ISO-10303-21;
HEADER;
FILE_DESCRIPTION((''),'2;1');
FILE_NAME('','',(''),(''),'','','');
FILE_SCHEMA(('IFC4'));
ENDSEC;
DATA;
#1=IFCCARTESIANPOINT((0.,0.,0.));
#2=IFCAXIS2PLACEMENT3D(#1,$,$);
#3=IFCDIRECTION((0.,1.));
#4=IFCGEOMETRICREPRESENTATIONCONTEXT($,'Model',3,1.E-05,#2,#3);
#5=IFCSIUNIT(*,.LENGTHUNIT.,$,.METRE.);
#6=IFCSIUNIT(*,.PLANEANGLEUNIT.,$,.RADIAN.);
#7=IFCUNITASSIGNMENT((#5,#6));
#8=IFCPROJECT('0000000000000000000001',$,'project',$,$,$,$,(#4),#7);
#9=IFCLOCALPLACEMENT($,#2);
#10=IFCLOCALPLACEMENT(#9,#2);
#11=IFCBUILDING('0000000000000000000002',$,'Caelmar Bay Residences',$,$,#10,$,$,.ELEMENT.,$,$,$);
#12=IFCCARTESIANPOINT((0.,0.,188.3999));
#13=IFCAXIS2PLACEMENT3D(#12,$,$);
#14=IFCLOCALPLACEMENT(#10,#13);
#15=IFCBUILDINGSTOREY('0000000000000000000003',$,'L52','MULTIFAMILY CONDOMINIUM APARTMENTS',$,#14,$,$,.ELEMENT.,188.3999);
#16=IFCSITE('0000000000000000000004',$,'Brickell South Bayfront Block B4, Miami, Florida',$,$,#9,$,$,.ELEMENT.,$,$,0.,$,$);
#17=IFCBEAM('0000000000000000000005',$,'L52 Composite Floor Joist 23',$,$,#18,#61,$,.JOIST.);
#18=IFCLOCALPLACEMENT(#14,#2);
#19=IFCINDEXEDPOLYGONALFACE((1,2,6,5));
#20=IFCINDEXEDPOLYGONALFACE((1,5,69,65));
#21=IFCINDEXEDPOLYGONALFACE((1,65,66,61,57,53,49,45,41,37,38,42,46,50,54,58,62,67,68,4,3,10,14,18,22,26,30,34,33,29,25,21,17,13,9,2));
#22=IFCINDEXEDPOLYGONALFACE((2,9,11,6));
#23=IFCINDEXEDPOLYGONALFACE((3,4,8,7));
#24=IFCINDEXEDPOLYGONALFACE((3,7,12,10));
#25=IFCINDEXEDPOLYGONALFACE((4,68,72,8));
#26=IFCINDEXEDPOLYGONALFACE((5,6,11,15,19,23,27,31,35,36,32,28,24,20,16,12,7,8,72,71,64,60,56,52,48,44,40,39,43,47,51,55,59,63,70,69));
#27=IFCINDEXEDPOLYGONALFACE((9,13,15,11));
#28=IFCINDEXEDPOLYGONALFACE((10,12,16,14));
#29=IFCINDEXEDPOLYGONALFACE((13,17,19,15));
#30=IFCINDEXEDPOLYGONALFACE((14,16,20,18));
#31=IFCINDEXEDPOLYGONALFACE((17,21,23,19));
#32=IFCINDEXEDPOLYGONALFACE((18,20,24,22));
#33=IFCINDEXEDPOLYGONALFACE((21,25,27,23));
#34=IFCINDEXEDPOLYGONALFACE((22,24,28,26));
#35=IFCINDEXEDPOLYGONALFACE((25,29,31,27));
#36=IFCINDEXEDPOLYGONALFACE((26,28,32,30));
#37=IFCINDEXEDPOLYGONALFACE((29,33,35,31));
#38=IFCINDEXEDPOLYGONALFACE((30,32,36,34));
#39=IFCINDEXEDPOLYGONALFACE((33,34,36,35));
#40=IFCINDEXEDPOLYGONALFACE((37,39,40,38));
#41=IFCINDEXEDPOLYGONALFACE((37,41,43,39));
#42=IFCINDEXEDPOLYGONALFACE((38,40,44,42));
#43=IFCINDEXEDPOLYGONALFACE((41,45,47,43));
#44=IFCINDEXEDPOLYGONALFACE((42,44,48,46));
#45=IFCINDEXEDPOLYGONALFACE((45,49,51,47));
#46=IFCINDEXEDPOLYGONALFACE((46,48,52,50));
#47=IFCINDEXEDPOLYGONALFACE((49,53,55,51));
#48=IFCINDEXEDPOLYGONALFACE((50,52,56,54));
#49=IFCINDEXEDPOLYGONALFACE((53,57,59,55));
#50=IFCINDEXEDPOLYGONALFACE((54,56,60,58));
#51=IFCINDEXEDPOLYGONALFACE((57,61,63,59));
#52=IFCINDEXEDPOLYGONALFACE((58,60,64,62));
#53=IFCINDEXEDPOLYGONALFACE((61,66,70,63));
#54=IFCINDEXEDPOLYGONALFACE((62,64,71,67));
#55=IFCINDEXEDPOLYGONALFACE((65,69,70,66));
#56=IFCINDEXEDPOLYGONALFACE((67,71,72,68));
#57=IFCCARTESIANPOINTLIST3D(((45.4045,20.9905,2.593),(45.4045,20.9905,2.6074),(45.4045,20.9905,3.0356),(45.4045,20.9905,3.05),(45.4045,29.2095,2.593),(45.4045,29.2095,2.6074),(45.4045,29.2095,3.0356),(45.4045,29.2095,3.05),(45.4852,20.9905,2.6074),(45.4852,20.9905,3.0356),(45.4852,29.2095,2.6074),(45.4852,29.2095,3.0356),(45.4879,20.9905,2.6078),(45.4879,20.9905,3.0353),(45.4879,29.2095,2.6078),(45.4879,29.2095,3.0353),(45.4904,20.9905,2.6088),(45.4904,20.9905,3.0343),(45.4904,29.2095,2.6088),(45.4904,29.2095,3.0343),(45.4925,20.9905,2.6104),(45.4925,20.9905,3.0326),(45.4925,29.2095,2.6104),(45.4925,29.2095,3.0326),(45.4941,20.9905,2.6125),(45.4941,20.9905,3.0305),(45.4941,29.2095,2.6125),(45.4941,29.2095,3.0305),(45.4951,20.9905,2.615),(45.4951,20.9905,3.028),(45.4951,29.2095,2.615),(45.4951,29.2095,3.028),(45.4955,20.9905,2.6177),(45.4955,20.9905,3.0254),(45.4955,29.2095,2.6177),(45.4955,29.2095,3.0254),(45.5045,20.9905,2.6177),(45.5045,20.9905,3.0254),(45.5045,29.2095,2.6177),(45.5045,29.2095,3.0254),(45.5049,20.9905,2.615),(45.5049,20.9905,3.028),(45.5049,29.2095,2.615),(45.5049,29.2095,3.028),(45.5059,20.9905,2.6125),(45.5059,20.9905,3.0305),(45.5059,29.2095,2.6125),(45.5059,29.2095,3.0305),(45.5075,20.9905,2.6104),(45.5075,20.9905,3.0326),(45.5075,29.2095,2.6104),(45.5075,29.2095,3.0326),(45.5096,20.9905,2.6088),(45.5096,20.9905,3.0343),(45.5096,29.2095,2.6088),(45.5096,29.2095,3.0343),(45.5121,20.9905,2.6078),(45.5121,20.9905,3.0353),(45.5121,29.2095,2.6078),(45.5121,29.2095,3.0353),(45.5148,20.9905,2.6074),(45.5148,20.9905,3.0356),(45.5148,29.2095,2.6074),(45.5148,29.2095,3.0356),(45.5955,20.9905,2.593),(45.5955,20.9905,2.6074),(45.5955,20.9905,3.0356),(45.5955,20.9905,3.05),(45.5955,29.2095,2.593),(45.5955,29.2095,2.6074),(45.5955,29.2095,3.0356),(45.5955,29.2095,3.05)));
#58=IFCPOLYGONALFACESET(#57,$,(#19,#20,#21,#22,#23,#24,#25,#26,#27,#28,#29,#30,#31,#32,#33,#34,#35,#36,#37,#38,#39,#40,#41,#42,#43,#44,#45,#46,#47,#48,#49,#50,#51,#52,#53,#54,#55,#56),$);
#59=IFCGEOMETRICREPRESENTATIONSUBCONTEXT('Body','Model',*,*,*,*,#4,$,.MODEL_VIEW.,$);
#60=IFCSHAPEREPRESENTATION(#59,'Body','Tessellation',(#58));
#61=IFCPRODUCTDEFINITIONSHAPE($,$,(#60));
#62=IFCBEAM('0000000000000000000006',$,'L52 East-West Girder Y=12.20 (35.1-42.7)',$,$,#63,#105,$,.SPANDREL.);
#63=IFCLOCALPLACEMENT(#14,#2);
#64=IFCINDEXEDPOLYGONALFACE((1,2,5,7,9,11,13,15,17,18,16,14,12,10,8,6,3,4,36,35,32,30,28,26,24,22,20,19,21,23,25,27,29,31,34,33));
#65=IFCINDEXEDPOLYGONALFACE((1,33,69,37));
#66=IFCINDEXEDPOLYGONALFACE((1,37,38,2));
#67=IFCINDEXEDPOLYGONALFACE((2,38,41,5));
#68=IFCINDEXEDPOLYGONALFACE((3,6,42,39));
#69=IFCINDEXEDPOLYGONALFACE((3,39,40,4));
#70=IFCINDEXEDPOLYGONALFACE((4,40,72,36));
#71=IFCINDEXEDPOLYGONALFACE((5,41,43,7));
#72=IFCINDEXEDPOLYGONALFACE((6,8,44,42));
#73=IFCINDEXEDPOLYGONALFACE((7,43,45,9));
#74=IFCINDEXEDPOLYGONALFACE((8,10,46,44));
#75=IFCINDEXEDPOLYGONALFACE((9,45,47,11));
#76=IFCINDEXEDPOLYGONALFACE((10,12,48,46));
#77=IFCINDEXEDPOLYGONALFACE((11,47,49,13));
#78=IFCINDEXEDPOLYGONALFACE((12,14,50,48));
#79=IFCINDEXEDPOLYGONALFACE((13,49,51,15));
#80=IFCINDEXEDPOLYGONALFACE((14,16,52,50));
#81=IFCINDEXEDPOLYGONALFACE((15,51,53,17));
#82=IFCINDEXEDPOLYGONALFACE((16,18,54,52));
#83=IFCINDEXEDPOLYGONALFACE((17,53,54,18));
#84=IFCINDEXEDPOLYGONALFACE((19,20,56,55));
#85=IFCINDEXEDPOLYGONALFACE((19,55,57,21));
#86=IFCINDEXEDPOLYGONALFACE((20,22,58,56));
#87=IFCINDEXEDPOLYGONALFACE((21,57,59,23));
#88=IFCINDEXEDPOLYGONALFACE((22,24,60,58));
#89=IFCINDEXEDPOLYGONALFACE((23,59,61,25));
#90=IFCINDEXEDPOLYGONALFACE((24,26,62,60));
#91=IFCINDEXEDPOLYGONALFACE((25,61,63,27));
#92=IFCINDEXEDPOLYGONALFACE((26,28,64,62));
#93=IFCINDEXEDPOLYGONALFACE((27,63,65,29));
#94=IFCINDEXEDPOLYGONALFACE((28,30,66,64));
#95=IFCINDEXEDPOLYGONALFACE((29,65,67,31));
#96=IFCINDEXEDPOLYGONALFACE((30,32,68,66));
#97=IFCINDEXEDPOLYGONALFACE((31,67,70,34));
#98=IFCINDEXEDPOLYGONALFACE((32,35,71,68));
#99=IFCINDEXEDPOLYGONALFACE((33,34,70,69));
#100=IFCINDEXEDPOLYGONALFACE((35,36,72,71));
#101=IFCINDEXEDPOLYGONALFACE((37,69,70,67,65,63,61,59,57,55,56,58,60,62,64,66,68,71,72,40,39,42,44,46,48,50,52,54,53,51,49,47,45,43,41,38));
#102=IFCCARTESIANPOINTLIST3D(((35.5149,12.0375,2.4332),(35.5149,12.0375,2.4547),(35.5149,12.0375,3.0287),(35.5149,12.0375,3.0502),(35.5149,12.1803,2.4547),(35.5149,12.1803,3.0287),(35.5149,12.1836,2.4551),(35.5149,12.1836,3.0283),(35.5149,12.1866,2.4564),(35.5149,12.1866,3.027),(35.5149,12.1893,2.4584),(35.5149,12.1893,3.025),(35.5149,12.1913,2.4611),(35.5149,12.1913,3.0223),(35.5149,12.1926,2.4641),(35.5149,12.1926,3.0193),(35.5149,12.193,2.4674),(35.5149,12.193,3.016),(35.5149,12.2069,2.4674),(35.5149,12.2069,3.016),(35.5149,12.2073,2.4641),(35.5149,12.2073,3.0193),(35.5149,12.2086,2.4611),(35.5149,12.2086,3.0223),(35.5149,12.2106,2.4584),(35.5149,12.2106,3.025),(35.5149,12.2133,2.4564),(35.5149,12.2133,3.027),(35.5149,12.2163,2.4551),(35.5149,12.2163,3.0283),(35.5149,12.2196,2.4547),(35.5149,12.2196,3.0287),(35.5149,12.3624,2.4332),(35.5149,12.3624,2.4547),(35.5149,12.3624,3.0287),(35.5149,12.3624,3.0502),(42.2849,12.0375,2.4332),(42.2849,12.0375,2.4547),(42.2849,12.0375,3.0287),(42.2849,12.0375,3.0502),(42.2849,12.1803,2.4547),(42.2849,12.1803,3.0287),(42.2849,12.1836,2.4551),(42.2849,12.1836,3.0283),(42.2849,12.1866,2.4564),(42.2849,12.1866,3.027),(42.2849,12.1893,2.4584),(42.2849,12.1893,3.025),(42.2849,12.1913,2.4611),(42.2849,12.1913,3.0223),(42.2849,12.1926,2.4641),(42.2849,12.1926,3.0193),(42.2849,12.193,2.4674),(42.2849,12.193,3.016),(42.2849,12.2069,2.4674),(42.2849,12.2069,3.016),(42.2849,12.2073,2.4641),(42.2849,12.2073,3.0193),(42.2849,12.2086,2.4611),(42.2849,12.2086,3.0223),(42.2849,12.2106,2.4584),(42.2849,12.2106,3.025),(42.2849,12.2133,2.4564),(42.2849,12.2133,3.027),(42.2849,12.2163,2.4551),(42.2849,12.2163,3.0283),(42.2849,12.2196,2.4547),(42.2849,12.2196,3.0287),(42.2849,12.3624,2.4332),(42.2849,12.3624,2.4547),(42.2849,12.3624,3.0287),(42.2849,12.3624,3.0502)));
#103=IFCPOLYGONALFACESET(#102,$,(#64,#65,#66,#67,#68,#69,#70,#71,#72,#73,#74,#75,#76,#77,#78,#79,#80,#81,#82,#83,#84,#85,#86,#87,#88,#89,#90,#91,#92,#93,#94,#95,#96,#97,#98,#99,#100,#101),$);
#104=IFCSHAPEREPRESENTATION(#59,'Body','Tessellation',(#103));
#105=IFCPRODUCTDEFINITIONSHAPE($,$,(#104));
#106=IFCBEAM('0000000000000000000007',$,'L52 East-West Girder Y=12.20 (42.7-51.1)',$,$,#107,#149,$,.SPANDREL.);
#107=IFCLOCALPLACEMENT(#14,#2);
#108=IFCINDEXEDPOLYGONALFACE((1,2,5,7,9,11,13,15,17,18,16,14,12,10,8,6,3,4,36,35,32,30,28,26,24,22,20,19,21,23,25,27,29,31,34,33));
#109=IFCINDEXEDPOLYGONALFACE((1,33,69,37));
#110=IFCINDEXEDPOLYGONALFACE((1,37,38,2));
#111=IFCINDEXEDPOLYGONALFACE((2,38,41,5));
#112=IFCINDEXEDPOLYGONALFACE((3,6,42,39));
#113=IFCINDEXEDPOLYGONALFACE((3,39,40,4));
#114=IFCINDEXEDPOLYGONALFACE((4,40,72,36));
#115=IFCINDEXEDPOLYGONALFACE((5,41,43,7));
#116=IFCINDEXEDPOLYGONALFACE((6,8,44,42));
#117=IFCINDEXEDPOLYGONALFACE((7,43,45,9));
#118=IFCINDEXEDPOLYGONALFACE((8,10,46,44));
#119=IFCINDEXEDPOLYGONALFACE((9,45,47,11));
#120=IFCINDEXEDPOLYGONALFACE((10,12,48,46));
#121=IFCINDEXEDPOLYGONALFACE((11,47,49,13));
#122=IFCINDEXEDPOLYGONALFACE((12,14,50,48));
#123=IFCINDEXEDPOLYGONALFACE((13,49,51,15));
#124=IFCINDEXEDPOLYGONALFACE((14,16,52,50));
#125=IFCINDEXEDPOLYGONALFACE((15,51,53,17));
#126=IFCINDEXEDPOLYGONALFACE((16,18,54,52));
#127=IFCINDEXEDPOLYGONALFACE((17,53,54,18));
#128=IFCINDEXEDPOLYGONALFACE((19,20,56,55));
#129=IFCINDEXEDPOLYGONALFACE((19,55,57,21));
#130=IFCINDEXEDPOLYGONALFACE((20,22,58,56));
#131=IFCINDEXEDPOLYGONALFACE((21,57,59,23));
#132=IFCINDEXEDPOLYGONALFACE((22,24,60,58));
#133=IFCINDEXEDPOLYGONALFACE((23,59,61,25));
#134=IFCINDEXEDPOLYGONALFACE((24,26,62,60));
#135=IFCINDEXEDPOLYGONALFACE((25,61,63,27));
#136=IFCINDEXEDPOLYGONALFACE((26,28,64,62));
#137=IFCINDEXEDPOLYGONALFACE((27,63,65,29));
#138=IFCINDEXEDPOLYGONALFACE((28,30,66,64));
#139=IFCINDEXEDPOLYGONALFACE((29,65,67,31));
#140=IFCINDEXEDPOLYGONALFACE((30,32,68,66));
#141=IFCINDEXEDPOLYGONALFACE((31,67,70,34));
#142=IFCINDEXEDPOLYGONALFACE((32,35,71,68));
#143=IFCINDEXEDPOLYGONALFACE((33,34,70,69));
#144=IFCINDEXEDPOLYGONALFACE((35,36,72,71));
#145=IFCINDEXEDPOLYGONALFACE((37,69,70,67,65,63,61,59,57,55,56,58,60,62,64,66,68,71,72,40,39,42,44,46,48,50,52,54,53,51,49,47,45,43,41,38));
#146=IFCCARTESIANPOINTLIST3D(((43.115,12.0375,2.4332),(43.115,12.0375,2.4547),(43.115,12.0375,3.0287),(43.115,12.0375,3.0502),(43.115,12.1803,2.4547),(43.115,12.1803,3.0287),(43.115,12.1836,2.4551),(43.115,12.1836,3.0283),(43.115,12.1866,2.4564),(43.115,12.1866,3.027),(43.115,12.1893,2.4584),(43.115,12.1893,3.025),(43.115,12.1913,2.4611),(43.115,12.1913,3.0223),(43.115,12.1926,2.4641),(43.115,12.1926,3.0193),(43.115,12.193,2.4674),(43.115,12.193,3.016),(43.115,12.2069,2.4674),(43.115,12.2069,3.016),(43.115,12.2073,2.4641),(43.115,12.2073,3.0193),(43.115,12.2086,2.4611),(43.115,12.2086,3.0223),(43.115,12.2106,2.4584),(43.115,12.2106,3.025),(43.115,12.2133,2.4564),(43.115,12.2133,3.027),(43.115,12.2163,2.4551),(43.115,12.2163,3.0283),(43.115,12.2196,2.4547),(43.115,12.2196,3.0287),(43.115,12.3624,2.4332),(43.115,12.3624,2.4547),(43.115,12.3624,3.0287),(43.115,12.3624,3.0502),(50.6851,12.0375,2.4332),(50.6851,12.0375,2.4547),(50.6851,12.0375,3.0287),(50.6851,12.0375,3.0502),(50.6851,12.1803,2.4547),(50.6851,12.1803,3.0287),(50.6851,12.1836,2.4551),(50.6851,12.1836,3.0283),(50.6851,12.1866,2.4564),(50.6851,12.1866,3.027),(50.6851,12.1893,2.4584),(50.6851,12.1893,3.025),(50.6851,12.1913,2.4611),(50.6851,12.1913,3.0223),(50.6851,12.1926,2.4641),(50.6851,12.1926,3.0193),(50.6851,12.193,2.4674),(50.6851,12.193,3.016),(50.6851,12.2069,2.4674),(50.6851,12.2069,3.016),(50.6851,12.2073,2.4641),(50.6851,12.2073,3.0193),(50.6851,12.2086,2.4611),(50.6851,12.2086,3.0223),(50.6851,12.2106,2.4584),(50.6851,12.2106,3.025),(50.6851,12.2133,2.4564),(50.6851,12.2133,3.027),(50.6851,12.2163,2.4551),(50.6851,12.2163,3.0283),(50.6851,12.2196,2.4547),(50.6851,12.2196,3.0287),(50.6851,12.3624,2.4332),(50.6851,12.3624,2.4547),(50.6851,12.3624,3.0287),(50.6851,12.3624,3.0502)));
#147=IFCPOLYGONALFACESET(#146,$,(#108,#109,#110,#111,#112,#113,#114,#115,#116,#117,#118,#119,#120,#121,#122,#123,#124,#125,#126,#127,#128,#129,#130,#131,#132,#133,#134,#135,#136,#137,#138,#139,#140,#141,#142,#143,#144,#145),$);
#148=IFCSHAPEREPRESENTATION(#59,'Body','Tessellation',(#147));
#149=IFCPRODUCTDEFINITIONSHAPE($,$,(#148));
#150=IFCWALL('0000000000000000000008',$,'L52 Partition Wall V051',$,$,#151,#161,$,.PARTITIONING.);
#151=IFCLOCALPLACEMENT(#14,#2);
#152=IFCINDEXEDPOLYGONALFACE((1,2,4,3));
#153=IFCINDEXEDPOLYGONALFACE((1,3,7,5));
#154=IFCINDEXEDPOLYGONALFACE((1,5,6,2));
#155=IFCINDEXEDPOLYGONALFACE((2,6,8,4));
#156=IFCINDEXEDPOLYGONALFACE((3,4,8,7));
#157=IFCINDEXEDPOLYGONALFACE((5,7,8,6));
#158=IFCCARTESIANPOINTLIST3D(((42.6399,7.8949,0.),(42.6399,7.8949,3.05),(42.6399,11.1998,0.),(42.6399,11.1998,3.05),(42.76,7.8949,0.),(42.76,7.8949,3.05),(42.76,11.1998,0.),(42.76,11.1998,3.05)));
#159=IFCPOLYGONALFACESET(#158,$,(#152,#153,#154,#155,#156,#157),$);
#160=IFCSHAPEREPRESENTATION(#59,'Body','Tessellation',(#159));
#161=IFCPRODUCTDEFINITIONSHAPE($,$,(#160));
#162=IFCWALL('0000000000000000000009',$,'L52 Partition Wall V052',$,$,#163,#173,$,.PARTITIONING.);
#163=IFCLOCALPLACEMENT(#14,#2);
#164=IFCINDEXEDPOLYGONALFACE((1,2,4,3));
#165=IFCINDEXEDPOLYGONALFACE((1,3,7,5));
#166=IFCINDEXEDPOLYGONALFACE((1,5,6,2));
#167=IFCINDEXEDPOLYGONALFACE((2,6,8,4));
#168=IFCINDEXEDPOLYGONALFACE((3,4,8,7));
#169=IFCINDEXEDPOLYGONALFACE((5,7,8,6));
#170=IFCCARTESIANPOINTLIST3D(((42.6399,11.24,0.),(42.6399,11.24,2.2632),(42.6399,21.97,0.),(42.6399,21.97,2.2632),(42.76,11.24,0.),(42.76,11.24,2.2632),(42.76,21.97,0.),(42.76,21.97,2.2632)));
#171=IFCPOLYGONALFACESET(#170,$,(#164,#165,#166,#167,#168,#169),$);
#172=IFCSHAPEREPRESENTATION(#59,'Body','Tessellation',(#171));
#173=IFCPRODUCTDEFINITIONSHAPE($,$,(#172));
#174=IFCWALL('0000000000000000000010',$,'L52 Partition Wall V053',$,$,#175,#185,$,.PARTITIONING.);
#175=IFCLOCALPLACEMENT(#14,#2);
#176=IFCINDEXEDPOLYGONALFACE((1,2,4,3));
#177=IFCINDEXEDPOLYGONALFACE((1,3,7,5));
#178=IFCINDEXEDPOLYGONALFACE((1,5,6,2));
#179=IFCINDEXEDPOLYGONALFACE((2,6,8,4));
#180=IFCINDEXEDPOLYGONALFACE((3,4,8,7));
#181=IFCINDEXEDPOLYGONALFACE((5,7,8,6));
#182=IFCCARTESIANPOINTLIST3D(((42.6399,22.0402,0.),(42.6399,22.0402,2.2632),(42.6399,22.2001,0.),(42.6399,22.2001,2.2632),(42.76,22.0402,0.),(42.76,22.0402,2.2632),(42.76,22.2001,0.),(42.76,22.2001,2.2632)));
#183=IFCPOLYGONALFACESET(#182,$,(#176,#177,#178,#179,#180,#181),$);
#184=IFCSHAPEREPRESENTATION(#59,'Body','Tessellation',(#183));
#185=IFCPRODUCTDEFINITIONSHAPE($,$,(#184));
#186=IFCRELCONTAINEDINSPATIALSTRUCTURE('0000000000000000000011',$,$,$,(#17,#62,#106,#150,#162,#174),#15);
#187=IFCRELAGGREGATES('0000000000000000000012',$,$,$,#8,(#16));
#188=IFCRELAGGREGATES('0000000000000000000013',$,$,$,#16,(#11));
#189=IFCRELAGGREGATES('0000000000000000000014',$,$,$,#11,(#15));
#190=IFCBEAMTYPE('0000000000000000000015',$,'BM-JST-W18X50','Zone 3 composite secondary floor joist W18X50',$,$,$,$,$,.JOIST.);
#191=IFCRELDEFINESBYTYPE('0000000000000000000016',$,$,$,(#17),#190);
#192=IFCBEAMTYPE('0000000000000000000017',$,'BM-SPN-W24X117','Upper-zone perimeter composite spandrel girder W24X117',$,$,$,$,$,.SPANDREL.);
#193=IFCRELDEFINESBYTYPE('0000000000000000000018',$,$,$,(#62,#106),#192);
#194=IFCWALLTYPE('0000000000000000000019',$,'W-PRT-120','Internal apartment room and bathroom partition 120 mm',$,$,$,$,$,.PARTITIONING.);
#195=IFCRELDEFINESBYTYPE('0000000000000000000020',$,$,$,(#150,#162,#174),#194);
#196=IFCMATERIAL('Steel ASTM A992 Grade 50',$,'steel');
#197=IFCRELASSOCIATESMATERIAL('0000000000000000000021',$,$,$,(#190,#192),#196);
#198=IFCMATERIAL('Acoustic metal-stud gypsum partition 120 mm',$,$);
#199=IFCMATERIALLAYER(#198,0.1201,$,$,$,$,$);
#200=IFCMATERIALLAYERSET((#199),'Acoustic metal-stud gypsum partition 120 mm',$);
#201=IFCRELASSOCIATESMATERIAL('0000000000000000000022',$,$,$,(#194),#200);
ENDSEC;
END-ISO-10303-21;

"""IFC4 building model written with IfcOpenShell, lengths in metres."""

from ifc_helpers import new_model, si_unit, direction, frame, frame_2d, origin, origin_2d, place, context, subcontext, project, spatial, rectangle, i_section, extrude, material, layer, layer_set, material_profile, profile_set, type_object, element, save


model = new_model("IFC4")

# Units and contexts
model_context = context("Model", 3, precision=1e-05, world=origin(), true_north=direction((0.0, 1.0)))
body_context = subcontext(model_context, "Body", "Model", "MODEL_VIEW")
ifc_project = project(units=[si_unit("LENGTHUNIT", "METRE"), si_unit("PLANEANGLEUNIT", "RADIAN")], contexts=[model_context])

# Site, building, storey
site_placement = place(None, origin())
site = spatial("IfcSite", under=ifc_project, at=site_placement, Name="Brickell South Bayfront Block B4, Miami, Florida", CompositionType="ELEMENT", RefElevation=0.0)
building_placement = place(site_placement, origin())
building = spatial("IfcBuilding", under=site, at=building_placement, Name="Caelmar Bay Residences", CompositionType="ELEMENT")
storey_placement = place(building_placement, frame((0.0, 0.0, 188.3999)))
storey = spatial("IfcBuildingStorey", under=building, at=storey_placement, Name="L52", Description="MULTIFAMILY CONDOMINIUM APARTMENTS", CompositionType="ELEMENT", Elevation=188.3999)

# Beams
ifc_material_1 = material(Name="Steel ASTM A992 Grade 50", Category="steel")
ifc_material_profile_1 = material_profile(ifc_material_1, i_section(OverallWidth=0.1909, OverallDepth=0.457, WebThickness=0.009, FlangeThickness=0.0144, FilletRadius=0.0103, at=origin_2d()), Name="W18X50")
ifc_profile_set_1 = profile_set([ifc_material_profile_1], Name="Steel ASTM A992 Grade 50")
beam_type_1 = type_object("IfcBeamType", Name="BM-JST-W18X50", Description="Zone 3 composite secondary floor joist W18X50", PredefinedType="JOIST", material=ifc_profile_set_1)
for number, where, z_axis, x_axis, name in (
    (1, (45.5, 20.9905, 2.8215), (0.0, 1.0, 0.0), (-1.0, 0.0, 0.0), "L52 Composite Floor Joist 23"),
):
    element("IfcBeam", number, at=place(storey_placement, frame(where, z_axis=z_axis, x_axis=x_axis)), inside=storey, type_object=beam_type_1, Name=name, PredefinedType="JOIST", context=body_context, shape_type="SweptSolid", body=[
        extrude(i_section(OverallWidth=0.1909, OverallDepth=0.457, WebThickness=0.009, FlangeThickness=0.0144, FilletRadius=0.0103, at=origin_2d()), origin(), (0.0, 0.0, 1.0), 8.219),
    ])
ifc_material_profile_2 = material_profile(ifc_material_1, i_section(OverallWidth=0.325, OverallDepth=0.6169, WebThickness=0.0139, FlangeThickness=0.0215, FilletRadius=0.0127, at=origin_2d()), Name="W24X117")
ifc_profile_set_2 = profile_set([ifc_material_profile_2], Name="Steel ASTM A992 Grade 50")
beam_type_2 = type_object("IfcBeamType", Name="BM-SPN-W24X117", Description="Upper-zone perimeter composite spandrel girder W24X117", PredefinedType="SPANDREL", material=ifc_profile_set_2)
beam_1_placement = place(storey_placement, frame((35.5149, 12.2, 2.7417), z_axis=(1.0, 0.0, 0.0), x_axis=(0.0, 1.0, 0.0)))
element("IfcBeam", 2, at=beam_1_placement, inside=storey, type_object=beam_type_2, Name="L52 East-West Girder Y=12.20 (35.1-42.7)", PredefinedType="SPANDREL", context=body_context, shape_type="SweptSolid", body=[
    extrude(i_section(OverallWidth=0.325, OverallDepth=0.6169, WebThickness=0.0139, FlangeThickness=0.0215, FilletRadius=0.0127, at=origin_2d()), origin(), (0.0, 0.0, 1.0), 6.77),
])
beam_2_placement = place(storey_placement, frame((43.115, 12.2, 2.7417), z_axis=(1.0, 0.0, 0.0), x_axis=(0.0, 1.0, 0.0)))
element("IfcBeam", 3, at=beam_2_placement, inside=storey, type_object=beam_type_2, Name="L52 East-West Girder Y=12.20 (42.7-51.1)", PredefinedType="SPANDREL", context=body_context, shape_type="SweptSolid", body=[
    extrude(i_section(OverallWidth=0.325, OverallDepth=0.6169, WebThickness=0.0139, FlangeThickness=0.0215, FilletRadius=0.0127, at=origin_2d()), origin(), (0.0, 0.0, 1.0), 7.5701),
])

# Walls
ifc_material_2 = material(Name="Acoustic metal-stud gypsum partition 120 mm")
ifc_layer_1 = layer(ifc_material_2, 0.1201)
ifc_layer_set_1 = layer_set([ifc_layer_1], Name="Acoustic metal-stud gypsum partition 120 mm")
wall_type_1 = type_object("IfcWallType", Name="W-PRT-120", Description="Internal apartment room and bathroom partition 120 mm", PredefinedType="PARTITIONING", material=ifc_layer_set_1)
wall_1_placement = place(storey_placement, frame((42.7, 7.895, 0.0), z_axis=(0.0, 0.0, 1.0), x_axis=(0.0, 1.0, 0.0)))
element("IfcWall", 4, at=wall_1_placement, inside=storey, type_object=wall_type_1, Name="L52 Partition Wall V051", PredefinedType="PARTITIONING", context=body_context, shape_type="SweptSolid", body=[
    extrude(rectangle(XDim=3.3049, YDim=0.1201, at=frame_2d((1.6523, 0.0))), origin(), (0.0, 0.0, 1.0), 3.05),
])
wall_2_placement = place(storey_placement, frame((42.7, 11.24, 0.0), z_axis=(0.0, 0.0, 1.0), x_axis=(0.0, 1.0, 0.0)))
element("IfcWall", 5, at=wall_2_placement, inside=storey, type_object=wall_type_1, Name="L52 Partition Wall V052", PredefinedType="PARTITIONING", context=body_context, shape_type="SweptSolid", body=[
    extrude(rectangle(XDim=10.73, YDim=0.1201, at=frame_2d((5.365, 0.0))), origin(), (0.0, 0.0, 1.0), 2.2632),
])
wall_3_placement = place(storey_placement, frame((42.7, 22.04, 0.0), z_axis=(0.0, 0.0, 1.0), x_axis=(0.0, 1.0, 0.0)))
element("IfcWall", 6, at=wall_3_placement, inside=storey, type_object=wall_type_1, Name="L52 Partition Wall V053", PredefinedType="PARTITIONING", context=body_context, shape_type="SweptSolid", body=[
    extrude(rectangle(XDim=0.1599, YDim=0.1201, at=frame_2d((0.0801, 0.0))), origin(), (0.0, 0.0, 1.0), 2.2632),
])

save(model, "model.ifc")
